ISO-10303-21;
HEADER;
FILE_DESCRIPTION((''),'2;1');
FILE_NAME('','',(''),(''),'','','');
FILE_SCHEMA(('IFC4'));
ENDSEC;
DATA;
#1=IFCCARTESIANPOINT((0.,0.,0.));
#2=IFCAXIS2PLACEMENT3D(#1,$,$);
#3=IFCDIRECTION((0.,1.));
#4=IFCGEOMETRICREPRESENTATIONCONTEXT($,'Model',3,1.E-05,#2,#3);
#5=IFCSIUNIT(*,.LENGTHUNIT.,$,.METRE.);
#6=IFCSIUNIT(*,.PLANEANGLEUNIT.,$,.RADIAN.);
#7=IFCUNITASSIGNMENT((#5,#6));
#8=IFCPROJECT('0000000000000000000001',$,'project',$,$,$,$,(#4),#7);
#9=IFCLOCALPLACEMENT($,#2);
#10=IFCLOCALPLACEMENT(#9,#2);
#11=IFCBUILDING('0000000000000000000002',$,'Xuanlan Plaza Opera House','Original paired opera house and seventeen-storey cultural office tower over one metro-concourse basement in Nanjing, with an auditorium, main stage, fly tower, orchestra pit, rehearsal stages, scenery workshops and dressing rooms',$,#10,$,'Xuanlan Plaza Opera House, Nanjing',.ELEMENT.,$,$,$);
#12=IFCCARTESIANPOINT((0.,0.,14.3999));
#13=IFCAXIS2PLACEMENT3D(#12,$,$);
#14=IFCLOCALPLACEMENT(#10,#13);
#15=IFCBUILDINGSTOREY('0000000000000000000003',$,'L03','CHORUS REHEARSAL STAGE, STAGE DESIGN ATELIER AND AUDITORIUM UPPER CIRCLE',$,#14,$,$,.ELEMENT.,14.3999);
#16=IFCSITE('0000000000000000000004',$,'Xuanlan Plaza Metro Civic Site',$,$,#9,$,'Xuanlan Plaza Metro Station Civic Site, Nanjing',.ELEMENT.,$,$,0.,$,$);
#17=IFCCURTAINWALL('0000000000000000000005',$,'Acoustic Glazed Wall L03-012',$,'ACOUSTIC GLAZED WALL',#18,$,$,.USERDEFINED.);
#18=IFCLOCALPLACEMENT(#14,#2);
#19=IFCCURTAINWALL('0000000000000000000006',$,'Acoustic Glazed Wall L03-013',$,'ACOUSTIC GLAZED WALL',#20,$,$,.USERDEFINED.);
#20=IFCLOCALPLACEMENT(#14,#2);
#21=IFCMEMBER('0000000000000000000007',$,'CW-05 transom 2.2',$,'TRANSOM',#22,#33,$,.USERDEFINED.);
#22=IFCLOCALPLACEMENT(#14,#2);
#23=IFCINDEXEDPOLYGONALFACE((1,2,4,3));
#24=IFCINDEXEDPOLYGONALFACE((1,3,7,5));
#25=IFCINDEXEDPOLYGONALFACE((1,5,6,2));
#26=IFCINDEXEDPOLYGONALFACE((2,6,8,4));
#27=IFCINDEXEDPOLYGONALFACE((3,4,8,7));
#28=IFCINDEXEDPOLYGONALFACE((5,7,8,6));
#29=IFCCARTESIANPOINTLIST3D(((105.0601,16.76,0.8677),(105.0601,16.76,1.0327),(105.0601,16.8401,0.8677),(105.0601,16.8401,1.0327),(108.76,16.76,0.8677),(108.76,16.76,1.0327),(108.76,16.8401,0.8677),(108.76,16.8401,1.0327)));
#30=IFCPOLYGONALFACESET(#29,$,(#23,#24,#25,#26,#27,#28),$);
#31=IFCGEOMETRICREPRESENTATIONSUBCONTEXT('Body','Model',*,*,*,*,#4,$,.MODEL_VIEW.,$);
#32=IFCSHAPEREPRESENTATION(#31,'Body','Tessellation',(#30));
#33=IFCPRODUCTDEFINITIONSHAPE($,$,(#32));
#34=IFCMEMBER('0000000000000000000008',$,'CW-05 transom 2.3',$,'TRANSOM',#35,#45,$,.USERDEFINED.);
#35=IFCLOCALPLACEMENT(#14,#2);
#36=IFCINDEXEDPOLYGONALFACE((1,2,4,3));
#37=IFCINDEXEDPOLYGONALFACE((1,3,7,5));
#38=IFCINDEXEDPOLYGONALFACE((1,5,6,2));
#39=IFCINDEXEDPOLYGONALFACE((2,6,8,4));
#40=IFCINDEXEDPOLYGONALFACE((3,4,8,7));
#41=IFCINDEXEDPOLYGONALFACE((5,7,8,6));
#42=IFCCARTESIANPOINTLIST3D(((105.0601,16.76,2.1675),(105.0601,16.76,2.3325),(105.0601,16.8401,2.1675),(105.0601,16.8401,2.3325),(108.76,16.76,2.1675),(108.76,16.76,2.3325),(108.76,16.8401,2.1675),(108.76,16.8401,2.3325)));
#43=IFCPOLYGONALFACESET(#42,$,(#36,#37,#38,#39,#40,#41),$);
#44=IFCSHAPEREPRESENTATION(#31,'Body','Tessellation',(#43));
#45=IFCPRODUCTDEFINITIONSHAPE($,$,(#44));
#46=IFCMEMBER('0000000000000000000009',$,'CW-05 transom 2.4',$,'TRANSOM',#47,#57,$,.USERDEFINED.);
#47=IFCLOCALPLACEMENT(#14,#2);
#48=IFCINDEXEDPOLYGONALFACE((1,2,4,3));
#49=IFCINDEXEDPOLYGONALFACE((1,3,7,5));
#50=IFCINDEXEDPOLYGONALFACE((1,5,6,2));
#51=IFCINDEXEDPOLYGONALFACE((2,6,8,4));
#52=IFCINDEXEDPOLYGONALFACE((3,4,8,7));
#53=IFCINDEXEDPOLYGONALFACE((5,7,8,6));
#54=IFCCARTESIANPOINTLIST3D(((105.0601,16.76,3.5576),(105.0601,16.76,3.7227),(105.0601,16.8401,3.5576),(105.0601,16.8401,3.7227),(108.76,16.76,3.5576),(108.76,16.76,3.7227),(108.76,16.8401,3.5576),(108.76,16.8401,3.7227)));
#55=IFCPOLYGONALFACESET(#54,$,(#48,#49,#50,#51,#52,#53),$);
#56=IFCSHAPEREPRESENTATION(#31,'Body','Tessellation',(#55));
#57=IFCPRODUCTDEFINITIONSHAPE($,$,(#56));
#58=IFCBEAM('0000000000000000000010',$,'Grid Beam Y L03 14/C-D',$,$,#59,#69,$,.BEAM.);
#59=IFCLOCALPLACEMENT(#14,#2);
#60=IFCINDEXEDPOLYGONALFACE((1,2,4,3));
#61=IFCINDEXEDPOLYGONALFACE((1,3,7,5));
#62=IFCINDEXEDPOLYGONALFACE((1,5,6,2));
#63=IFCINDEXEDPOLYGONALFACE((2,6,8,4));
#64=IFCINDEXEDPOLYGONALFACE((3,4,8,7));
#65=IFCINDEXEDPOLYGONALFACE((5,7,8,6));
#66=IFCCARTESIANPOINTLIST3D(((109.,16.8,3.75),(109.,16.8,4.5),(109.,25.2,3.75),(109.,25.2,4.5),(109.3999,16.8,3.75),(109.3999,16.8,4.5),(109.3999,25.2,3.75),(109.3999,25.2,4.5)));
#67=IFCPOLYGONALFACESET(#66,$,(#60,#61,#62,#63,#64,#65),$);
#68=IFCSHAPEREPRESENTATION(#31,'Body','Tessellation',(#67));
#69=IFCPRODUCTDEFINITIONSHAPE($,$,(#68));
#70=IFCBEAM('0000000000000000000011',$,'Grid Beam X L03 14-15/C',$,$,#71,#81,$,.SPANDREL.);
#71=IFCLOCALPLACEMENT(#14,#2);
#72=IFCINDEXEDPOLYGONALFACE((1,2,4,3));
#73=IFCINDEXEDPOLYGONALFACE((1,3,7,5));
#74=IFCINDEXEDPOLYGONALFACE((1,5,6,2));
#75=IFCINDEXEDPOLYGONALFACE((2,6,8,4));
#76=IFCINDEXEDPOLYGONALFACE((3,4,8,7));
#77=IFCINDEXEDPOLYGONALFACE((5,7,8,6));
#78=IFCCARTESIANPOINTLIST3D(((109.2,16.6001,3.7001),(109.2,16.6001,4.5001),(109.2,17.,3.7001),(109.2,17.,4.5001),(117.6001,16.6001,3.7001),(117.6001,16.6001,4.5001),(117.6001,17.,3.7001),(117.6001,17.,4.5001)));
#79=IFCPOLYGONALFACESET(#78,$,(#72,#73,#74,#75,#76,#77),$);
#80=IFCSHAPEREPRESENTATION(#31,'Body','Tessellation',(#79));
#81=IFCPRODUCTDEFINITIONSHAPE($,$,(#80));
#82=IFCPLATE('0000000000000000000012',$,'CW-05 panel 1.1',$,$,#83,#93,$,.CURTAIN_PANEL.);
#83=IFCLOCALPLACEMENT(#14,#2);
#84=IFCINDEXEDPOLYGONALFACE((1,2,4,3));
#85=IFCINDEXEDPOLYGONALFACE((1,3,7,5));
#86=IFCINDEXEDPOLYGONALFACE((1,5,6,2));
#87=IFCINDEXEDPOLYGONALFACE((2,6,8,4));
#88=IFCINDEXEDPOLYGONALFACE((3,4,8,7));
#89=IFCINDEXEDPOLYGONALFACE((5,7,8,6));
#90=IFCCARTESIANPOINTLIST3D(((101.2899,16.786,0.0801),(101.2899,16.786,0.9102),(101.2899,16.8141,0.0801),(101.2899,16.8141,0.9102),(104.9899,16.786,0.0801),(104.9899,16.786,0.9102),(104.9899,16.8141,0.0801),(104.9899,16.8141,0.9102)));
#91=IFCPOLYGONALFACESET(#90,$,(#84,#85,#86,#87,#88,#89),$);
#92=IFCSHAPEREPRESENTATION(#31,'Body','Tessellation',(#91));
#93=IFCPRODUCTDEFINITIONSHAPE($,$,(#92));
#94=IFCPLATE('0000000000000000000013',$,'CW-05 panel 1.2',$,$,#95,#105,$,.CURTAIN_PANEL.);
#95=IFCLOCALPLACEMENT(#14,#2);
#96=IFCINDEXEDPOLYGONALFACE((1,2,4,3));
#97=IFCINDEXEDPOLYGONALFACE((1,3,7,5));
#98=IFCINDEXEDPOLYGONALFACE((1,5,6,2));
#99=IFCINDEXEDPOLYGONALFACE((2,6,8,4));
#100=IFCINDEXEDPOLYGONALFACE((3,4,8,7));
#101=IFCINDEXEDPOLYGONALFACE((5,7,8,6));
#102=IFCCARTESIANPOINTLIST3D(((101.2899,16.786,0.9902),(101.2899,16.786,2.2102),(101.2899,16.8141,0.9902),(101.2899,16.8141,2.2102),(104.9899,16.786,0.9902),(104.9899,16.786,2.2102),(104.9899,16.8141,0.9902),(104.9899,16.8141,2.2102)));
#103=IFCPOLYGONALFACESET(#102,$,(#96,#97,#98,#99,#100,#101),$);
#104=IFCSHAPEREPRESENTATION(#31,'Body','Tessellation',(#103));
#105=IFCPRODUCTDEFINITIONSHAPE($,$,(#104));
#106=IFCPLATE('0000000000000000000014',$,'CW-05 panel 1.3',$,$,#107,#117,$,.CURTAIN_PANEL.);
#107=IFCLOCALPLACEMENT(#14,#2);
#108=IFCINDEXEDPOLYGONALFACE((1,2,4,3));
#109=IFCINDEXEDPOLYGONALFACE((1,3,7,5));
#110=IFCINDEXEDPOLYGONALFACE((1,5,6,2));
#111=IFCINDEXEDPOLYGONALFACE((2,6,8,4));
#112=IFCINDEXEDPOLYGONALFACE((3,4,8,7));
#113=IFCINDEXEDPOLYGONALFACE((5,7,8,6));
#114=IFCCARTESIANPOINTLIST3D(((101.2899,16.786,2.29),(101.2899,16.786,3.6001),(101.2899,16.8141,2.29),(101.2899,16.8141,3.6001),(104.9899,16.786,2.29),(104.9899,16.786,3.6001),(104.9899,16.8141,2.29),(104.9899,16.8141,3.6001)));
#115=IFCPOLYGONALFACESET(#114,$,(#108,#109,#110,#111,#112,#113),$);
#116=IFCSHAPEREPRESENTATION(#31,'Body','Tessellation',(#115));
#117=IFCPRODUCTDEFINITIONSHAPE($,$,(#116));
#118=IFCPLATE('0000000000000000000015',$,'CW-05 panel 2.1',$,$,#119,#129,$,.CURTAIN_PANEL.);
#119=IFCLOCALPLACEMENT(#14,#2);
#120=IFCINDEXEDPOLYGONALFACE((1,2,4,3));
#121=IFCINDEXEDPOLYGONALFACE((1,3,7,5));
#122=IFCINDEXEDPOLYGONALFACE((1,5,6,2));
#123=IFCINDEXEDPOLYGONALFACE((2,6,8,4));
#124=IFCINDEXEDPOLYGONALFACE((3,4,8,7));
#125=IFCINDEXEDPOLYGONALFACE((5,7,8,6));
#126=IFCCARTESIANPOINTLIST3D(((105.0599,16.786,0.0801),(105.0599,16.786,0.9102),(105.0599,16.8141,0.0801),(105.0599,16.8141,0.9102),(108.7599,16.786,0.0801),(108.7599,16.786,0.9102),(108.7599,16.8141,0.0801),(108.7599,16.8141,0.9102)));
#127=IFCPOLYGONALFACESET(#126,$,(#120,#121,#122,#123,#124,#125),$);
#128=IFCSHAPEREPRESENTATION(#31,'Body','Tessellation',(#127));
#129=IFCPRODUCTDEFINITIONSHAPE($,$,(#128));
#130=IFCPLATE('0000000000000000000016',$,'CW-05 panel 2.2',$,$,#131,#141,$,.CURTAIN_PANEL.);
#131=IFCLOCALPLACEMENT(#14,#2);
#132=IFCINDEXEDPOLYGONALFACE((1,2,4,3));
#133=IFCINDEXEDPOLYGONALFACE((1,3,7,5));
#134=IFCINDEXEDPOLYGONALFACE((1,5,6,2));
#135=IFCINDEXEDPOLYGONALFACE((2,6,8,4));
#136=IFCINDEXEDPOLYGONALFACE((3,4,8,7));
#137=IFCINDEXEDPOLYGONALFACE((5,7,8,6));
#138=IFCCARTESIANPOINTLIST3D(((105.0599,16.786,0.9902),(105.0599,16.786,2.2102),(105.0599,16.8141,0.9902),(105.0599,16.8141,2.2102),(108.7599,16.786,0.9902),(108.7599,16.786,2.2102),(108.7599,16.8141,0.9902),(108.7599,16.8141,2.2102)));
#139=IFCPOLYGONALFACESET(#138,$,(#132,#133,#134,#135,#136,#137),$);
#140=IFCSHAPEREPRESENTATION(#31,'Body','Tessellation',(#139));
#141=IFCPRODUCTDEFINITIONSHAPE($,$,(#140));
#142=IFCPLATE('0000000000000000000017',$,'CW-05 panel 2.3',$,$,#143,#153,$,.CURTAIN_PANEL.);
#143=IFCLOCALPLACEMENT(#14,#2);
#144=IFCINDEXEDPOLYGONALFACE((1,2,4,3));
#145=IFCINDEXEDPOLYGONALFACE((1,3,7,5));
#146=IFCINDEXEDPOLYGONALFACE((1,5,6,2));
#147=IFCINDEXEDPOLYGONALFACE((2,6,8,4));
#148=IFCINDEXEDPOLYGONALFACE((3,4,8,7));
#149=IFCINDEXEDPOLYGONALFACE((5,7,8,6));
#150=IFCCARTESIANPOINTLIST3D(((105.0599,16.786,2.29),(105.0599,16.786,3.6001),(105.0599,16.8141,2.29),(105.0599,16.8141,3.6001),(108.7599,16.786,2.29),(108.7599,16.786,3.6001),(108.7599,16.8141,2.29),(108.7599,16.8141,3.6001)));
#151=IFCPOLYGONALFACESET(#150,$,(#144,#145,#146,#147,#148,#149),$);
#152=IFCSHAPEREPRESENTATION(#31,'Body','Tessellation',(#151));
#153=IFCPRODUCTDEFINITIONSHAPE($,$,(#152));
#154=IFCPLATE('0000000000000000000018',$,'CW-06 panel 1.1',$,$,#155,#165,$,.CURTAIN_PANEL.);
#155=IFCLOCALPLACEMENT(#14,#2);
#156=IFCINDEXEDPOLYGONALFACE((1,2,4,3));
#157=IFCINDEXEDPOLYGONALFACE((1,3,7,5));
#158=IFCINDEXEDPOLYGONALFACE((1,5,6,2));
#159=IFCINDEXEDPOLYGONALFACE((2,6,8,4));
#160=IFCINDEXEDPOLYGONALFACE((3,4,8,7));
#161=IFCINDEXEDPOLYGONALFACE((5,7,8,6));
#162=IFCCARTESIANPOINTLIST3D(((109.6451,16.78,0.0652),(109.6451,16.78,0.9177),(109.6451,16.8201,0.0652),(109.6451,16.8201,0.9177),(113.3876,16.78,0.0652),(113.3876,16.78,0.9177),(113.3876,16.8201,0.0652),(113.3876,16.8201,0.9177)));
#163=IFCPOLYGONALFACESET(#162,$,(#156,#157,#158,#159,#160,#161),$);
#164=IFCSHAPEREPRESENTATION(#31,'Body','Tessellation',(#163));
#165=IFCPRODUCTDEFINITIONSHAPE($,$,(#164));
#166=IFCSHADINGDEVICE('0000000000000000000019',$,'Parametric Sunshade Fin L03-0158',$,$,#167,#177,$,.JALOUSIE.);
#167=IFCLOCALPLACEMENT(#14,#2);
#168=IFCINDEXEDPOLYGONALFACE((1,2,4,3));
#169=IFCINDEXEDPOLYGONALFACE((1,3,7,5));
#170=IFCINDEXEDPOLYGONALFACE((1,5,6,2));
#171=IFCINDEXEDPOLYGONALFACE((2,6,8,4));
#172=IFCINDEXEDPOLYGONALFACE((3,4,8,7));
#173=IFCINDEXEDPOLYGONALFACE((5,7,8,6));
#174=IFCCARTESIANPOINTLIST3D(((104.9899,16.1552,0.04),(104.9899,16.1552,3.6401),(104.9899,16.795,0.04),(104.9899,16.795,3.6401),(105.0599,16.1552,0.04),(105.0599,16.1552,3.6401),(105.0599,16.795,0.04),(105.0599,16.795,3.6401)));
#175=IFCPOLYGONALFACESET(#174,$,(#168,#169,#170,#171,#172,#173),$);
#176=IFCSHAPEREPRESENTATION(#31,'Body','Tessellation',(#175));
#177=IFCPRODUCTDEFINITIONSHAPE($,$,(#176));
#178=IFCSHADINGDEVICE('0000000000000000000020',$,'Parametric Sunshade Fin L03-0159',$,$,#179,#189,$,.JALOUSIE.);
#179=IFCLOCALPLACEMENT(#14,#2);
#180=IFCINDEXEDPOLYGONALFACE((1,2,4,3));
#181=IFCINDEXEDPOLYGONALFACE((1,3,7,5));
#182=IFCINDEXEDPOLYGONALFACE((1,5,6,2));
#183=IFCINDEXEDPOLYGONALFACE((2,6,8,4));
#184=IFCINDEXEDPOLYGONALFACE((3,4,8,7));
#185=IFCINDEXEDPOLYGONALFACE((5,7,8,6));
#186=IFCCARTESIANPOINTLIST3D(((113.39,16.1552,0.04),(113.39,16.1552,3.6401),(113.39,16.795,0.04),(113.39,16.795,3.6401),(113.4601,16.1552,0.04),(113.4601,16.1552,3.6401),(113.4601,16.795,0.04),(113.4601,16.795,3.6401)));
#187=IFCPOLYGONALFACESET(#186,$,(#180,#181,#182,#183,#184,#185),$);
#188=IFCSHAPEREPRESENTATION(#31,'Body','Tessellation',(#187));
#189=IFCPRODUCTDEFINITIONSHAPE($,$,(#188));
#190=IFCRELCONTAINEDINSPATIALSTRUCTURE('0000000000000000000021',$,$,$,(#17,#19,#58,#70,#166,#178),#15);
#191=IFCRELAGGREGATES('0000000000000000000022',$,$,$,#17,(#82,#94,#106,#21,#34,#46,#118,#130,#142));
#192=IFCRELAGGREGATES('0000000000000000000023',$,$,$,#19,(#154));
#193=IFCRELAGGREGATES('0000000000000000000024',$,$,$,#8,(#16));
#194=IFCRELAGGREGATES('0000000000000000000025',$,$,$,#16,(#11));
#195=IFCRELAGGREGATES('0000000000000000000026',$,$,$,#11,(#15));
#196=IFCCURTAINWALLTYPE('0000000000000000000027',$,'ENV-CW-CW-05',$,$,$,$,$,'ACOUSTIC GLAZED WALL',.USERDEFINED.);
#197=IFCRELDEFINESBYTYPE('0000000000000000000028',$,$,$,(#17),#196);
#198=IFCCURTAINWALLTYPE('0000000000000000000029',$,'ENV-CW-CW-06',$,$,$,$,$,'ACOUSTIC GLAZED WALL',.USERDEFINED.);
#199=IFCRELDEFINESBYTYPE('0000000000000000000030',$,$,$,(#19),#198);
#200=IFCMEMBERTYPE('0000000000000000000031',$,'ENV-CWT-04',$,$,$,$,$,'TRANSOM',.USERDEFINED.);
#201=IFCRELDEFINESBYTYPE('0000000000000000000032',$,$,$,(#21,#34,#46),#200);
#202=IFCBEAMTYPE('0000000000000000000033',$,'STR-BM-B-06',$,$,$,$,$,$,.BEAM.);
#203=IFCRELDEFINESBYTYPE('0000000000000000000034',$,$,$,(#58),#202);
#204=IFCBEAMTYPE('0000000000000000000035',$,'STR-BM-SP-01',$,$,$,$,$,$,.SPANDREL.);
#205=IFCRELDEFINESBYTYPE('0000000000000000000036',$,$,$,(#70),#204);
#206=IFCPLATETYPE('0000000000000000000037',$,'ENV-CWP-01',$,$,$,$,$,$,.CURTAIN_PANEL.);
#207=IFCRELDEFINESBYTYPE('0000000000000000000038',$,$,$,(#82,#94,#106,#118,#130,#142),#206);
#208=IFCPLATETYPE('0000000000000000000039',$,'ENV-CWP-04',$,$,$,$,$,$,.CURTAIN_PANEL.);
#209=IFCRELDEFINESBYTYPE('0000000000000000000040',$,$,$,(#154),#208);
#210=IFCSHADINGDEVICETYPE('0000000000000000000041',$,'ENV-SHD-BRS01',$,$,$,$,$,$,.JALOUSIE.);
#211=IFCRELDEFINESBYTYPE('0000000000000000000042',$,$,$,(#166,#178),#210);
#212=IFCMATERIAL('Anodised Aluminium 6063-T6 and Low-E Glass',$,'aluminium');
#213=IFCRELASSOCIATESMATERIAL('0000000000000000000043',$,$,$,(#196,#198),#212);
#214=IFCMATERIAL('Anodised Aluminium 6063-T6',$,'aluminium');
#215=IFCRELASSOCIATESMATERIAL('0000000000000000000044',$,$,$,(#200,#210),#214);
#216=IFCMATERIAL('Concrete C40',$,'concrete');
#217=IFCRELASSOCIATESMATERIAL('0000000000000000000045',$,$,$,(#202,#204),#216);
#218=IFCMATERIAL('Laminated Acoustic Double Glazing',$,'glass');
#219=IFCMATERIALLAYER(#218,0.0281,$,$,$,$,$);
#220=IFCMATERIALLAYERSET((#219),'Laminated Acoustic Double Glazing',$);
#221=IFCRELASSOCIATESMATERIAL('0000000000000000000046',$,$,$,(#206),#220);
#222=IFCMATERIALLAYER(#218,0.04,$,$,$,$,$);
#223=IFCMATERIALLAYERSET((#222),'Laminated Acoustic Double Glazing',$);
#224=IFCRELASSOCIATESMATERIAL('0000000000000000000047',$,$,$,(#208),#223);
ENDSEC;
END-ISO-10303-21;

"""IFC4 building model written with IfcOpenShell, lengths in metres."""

from ifc_helpers import new_model, si_unit, direction, frame, origin, origin_2d, place, context, subcontext, project, spatial, rectangle, extrude, material, layer, layer_set, material_profile, profile_set, type_object, element, aggregate, save


model = new_model("IFC4")

# Units and contexts
model_context = context("Model", 3, precision=1e-05, world=origin(), true_north=direction((0.0, 1.0)))
body_context = subcontext(model_context, "Body", "Model", "MODEL_VIEW")
ifc_project = project(units=[si_unit("LENGTHUNIT", "METRE"), si_unit("PLANEANGLEUNIT", "RADIAN")], contexts=[model_context])

# Site, building, storey
site_placement = place(None, origin())
site = spatial("IfcSite", under=ifc_project, at=site_placement, Name="Xuanlan Plaza Metro Civic Site", LongName="Xuanlan Plaza Metro Station Civic Site, Nanjing", CompositionType="ELEMENT", RefElevation=0.0)
building_placement = place(site_placement, origin())
building = spatial("IfcBuilding", under=site, at=building_placement, Name="Xuanlan Plaza Opera House", Description="Original paired opera house and seventeen-storey cultural office tower over one metro-concourse basement in Nanjing, with an auditorium, main stage, fly tower, orchestra pit, rehearsal stages, scenery workshops and dressing rooms", LongName="Xuanlan Plaza Opera House, Nanjing", CompositionType="ELEMENT")
storey_placement = place(building_placement, frame((0.0, 0.0, 14.3999)))
storey = spatial("IfcBuildingStorey", under=building, at=storey_placement, Name="L03", Description="CHORUS REHEARSAL STAGE, STAGE DESIGN ATELIER AND AUDITORIUM UPPER CIRCLE", CompositionType="ELEMENT", Elevation=14.3999)

# Shared definitions
ifc_material_1 = material(Name="Concrete C40", Category="concrete")

# Curtain walls
ifc_material_2 = material(Name="Anodised Aluminium 6063-T6 and Low-E Glass", Category="aluminium")
curtain_wall_type_1 = type_object("IfcCurtainWallType", Name="ENV-CW-CW-05", ElementType="ACOUSTIC GLAZED WALL", PredefinedType="USERDEFINED", material=ifc_material_2)
curtain_wall_1_placement = place(storey_placement, origin())
curtain_wall_1 = element("IfcCurtainWall", 1, at=curtain_wall_1_placement, inside=storey, type_object=curtain_wall_type_1, Name="Acoustic Glazed Wall L03-012", ObjectType="ACOUSTIC GLAZED WALL", PredefinedType="USERDEFINED")
ifc_material_3 = material(Name="Anodised Aluminium 6063-T6", Category="aluminium")
curtain_wall_type_2 = type_object("IfcCurtainWallType", Name="ENV-CW-CW-06", ElementType="ACOUSTIC GLAZED WALL", PredefinedType="USERDEFINED", material=ifc_material_2)
curtain_wall_2_placement = place(storey_placement, origin())
curtain_wall_2 = element("IfcCurtainWall", 2, at=curtain_wall_2_placement, inside=storey, type_object=curtain_wall_type_2, Name="Acoustic Glazed Wall L03-013", ObjectType="ACOUSTIC GLAZED WALL", PredefinedType="USERDEFINED")

# Members
ifc_material_profile_1 = material_profile(ifc_material_3, rectangle(XDim=0.0801, YDim=0.165, at=origin_2d()), Name="ALU-T 80x165")
ifc_profile_set_1 = profile_set([ifc_material_profile_1], Name="Anodised Aluminium 6063-T6")
member_type_1 = type_object("IfcMemberType", Name="ENV-CWT-04", ElementType="TRANSOM", PredefinedType="USERDEFINED", material=ifc_profile_set_1)
member_1_placement = place(storey_placement, frame((105.0601, 16.8, 0.9502), z_axis=(1.0, 0.0, 0.0), x_axis=(0.0, 1.0, 0.0)))
member_1 = element("IfcMember", 3, at=member_1_placement, type_object=member_type_1, Name="CW-05 transom 2.2", ObjectType="TRANSOM", PredefinedType="USERDEFINED", context=body_context, shape_type="SweptSolid", body=[
    extrude(rectangle(XDim=0.0801, YDim=0.165, at=origin_2d()), origin(), (0.0, 0.0, 1.0), 3.7),
])
member_2_placement = place(storey_placement, frame((105.0601, 16.8, 2.25), z_axis=(1.0, 0.0, 0.0), x_axis=(0.0, 1.0, 0.0)))
member_2 = element("IfcMember", 4, at=member_2_placement, type_object=member_type_1, Name="CW-05 transom 2.3", ObjectType="TRANSOM", PredefinedType="USERDEFINED", context=body_context, shape_type="SweptSolid", body=[
    extrude(rectangle(XDim=0.0801, YDim=0.165, at=origin_2d()), origin(), (0.0, 0.0, 1.0), 3.7),
])
member_3_placement = place(storey_placement, frame((105.0601, 16.8, 3.6401), z_axis=(1.0, 0.0, 0.0), x_axis=(0.0, 1.0, 0.0)))
member_3 = element("IfcMember", 5, at=member_3_placement, type_object=member_type_1, Name="CW-05 transom 2.4", ObjectType="TRANSOM", PredefinedType="USERDEFINED", context=body_context, shape_type="SweptSolid", body=[
    extrude(rectangle(XDim=0.0801, YDim=0.165, at=origin_2d()), origin(), (0.0, 0.0, 1.0), 3.7),
])

# Beams
ifc_material_profile_2 = material_profile(ifc_material_1, rectangle(XDim=0.3999, YDim=0.75, at=origin_2d()), Name="RC-BM 400x750")
ifc_profile_set_2 = profile_set([ifc_material_profile_2], Name="Concrete C40")
beam_type_1 = type_object("IfcBeamType", Name="STR-BM-B-06", PredefinedType="BEAM", material=ifc_profile_set_2)
beam_1_placement = place(storey_placement, frame((109.2, 16.8, 4.125), z_axis=(0.0, 1.0, 0.0), x_axis=(-1.0, 0.0, 0.0)))
element("IfcBeam", 6, at=beam_1_placement, inside=storey, type_object=beam_type_1, Name="Grid Beam Y L03 14/C-D", PredefinedType="BEAM", context=body_context, shape_type="SweptSolid", body=[
    extrude(rectangle(XDim=0.3999, YDim=0.75, at=origin_2d()), origin(), (0.0, 0.0, 1.0), 8.3999),
])
ifc_material_profile_3 = material_profile(ifc_material_1, rectangle(XDim=0.3999, YDim=0.8, at=origin_2d()), Name="RC-SPD 400x800")
ifc_profile_set_3 = profile_set([ifc_material_profile_3], Name="Concrete C40")
beam_type_2 = type_object("IfcBeamType", Name="STR-BM-SP-01", PredefinedType="SPANDREL", material=ifc_profile_set_3)
beam_2_placement = place(storey_placement, frame((109.2, 16.8, 4.1001), z_axis=(1.0, 0.0, 0.0), x_axis=(0.0, 1.0, 0.0)))
element("IfcBeam", 7, at=beam_2_placement, inside=storey, type_object=beam_type_2, Name="Grid Beam X L03 14-15/C", PredefinedType="SPANDREL", context=body_context, shape_type="SweptSolid", body=[
    extrude(rectangle(XDim=0.3999, YDim=0.8, at=origin_2d()), origin(), (0.0, 0.0, 1.0), 8.4001),
])

# Plates
ifc_material_4 = material(Name="Laminated Acoustic Double Glazing", Category="glass")
ifc_layer_1 = layer(ifc_material_4, 0.0281)
ifc_layer_set_1 = layer_set([ifc_layer_1], Name="Laminated Acoustic Double Glazing")
plate_type_1 = type_object("IfcPlateType", Name="ENV-CWP-01", PredefinedType="CURTAIN_PANEL", material=ifc_layer_set_1)
plate_1_placement = place(storey_placement, frame((103.1399, 16.8, 0.0801), z_axis=(0.0, 0.0, 1.0), x_axis=(1.0, 0.0, 0.0)))
plate_1 = element("IfcPlate", 8, at=plate_1_placement, type_object=plate_type_1, Name="CW-05 panel 1.1", PredefinedType="CURTAIN_PANEL", context=body_context, shape_type="SweptSolid", body=[
    extrude(rectangle(XDim=3.7, YDim=0.0281, at=origin_2d()), origin(), (0.0, 0.0, 1.0), 0.8301),
])
plate_2_placement = place(storey_placement, frame((103.1399, 16.8, 0.9902), z_axis=(0.0, 0.0, 1.0), x_axis=(1.0, 0.0, 0.0)))
plate_2 = element("IfcPlate", 9, at=plate_2_placement, type_object=plate_type_1, Name="CW-05 panel 1.2", PredefinedType="CURTAIN_PANEL", context=body_context, shape_type="SweptSolid", body=[
    extrude(rectangle(XDim=3.7, YDim=0.0281, at=origin_2d()), origin(), (0.0, 0.0, 1.0), 1.22),
])
plate_3_placement = place(storey_placement, frame((103.1399, 16.8, 2.29), z_axis=(0.0, 0.0, 1.0), x_axis=(1.0, 0.0, 0.0)))
plate_3 = element("IfcPlate", 10, at=plate_3_placement, type_object=plate_type_1, Name="CW-05 panel 1.3", PredefinedType="CURTAIN_PANEL", context=body_context, shape_type="SweptSolid", body=[
    extrude(rectangle(XDim=3.7, YDim=0.0281, at=origin_2d()), origin(), (0.0, 0.0, 1.0), 1.3101),
])
plate_4_placement = place(storey_placement, frame((106.9099, 16.8, 0.0801), z_axis=(0.0, 0.0, 1.0), x_axis=(1.0, 0.0, 0.0)))
plate_4 = element("IfcPlate", 11, at=plate_4_placement, type_object=plate_type_1, Name="CW-05 panel 2.1", PredefinedType="CURTAIN_PANEL", context=body_context, shape_type="SweptSolid", body=[
    extrude(rectangle(XDim=3.7, YDim=0.0281, at=origin_2d()), origin(), (0.0, 0.0, 1.0), 0.8301),
])
plate_5_placement = place(storey_placement, frame((106.9099, 16.8, 0.9902), z_axis=(0.0, 0.0, 1.0), x_axis=(1.0, 0.0, 0.0)))
plate_5 = element("IfcPlate", 12, at=plate_5_placement, type_object=plate_type_1, Name="CW-05 panel 2.2", PredefinedType="CURTAIN_PANEL", context=body_context, shape_type="SweptSolid", body=[
    extrude(rectangle(XDim=3.7, YDim=0.0281, at=origin_2d()), origin(), (0.0, 0.0, 1.0), 1.22),
])
plate_6_placement = place(storey_placement, frame((106.9099, 16.8, 2.29), z_axis=(0.0, 0.0, 1.0), x_axis=(1.0, 0.0, 0.0)))
plate_6 = element("IfcPlate", 13, at=plate_6_placement, type_object=plate_type_1, Name="CW-05 panel 2.3", PredefinedType="CURTAIN_PANEL", context=body_context, shape_type="SweptSolid", body=[
    extrude(rectangle(XDim=3.7, YDim=0.0281, at=origin_2d()), origin(), (0.0, 0.0, 1.0), 1.3101),
])
aggregate(curtain_wall_1, [plate_1, plate_2, plate_3, member_1, member_2, member_3, plate_4, plate_5, plate_6])
ifc_layer_2 = layer(ifc_material_4, 0.04)
ifc_layer_set_2 = layer_set([ifc_layer_2], Name="Laminated Acoustic Double Glazing")
plate_type_2 = type_object("IfcPlateType", Name="ENV-CWP-04", PredefinedType="CURTAIN_PANEL", material=ifc_layer_set_2)
plate_7_placement = place(storey_placement, frame((111.5164, 16.8, 0.0652), z_axis=(0.0, 0.0, 1.0), x_axis=(1.0, 0.0, 0.0)))
plate_7 = element("IfcPlate", 14, at=plate_7_placement, type_object=plate_type_2, Name="CW-06 panel 1.1", PredefinedType="CURTAIN_PANEL", context=body_context, shape_type="SweptSolid", body=[
    extrude(rectangle(XDim=3.7424, YDim=0.04, at=origin_2d()), origin(), (0.0, 0.0, 1.0), 0.8525),
])
aggregate(curtain_wall_2, [plate_7])

# Shading devices
shading_device_type = type_object("IfcShadingDeviceType", Name="ENV-SHD-BRS01", PredefinedType="JALOUSIE", material=ifc_material_3)
for number, where, z_axis, x_axis, name in (
    (15, (105.0249, 16.4751, 0.04), (0.0, 0.0, 1.0), (0.0, -1.0, 0.0), "Parametric Sunshade Fin L03-0158"),
    (16, (113.425, 16.4751, 0.04), (0.0, 0.0, 1.0), (0.0, -1.0, 0.0), "Parametric Sunshade Fin L03-0159"),
):
    element("IfcShadingDevice", number, at=place(storey_placement, frame(where, z_axis=z_axis, x_axis=x_axis)), inside=storey, type_object=shading_device_type, Name=name, PredefinedType="JALOUSIE", context=body_context, shape_type="SweptSolid", body=[
        extrude(rectangle(XDim=0.6399, YDim=0.0701, at=origin_2d()), origin(), (0.0, 0.0, 1.0), 3.6001),
    ])

save(model, "model.ifc")
